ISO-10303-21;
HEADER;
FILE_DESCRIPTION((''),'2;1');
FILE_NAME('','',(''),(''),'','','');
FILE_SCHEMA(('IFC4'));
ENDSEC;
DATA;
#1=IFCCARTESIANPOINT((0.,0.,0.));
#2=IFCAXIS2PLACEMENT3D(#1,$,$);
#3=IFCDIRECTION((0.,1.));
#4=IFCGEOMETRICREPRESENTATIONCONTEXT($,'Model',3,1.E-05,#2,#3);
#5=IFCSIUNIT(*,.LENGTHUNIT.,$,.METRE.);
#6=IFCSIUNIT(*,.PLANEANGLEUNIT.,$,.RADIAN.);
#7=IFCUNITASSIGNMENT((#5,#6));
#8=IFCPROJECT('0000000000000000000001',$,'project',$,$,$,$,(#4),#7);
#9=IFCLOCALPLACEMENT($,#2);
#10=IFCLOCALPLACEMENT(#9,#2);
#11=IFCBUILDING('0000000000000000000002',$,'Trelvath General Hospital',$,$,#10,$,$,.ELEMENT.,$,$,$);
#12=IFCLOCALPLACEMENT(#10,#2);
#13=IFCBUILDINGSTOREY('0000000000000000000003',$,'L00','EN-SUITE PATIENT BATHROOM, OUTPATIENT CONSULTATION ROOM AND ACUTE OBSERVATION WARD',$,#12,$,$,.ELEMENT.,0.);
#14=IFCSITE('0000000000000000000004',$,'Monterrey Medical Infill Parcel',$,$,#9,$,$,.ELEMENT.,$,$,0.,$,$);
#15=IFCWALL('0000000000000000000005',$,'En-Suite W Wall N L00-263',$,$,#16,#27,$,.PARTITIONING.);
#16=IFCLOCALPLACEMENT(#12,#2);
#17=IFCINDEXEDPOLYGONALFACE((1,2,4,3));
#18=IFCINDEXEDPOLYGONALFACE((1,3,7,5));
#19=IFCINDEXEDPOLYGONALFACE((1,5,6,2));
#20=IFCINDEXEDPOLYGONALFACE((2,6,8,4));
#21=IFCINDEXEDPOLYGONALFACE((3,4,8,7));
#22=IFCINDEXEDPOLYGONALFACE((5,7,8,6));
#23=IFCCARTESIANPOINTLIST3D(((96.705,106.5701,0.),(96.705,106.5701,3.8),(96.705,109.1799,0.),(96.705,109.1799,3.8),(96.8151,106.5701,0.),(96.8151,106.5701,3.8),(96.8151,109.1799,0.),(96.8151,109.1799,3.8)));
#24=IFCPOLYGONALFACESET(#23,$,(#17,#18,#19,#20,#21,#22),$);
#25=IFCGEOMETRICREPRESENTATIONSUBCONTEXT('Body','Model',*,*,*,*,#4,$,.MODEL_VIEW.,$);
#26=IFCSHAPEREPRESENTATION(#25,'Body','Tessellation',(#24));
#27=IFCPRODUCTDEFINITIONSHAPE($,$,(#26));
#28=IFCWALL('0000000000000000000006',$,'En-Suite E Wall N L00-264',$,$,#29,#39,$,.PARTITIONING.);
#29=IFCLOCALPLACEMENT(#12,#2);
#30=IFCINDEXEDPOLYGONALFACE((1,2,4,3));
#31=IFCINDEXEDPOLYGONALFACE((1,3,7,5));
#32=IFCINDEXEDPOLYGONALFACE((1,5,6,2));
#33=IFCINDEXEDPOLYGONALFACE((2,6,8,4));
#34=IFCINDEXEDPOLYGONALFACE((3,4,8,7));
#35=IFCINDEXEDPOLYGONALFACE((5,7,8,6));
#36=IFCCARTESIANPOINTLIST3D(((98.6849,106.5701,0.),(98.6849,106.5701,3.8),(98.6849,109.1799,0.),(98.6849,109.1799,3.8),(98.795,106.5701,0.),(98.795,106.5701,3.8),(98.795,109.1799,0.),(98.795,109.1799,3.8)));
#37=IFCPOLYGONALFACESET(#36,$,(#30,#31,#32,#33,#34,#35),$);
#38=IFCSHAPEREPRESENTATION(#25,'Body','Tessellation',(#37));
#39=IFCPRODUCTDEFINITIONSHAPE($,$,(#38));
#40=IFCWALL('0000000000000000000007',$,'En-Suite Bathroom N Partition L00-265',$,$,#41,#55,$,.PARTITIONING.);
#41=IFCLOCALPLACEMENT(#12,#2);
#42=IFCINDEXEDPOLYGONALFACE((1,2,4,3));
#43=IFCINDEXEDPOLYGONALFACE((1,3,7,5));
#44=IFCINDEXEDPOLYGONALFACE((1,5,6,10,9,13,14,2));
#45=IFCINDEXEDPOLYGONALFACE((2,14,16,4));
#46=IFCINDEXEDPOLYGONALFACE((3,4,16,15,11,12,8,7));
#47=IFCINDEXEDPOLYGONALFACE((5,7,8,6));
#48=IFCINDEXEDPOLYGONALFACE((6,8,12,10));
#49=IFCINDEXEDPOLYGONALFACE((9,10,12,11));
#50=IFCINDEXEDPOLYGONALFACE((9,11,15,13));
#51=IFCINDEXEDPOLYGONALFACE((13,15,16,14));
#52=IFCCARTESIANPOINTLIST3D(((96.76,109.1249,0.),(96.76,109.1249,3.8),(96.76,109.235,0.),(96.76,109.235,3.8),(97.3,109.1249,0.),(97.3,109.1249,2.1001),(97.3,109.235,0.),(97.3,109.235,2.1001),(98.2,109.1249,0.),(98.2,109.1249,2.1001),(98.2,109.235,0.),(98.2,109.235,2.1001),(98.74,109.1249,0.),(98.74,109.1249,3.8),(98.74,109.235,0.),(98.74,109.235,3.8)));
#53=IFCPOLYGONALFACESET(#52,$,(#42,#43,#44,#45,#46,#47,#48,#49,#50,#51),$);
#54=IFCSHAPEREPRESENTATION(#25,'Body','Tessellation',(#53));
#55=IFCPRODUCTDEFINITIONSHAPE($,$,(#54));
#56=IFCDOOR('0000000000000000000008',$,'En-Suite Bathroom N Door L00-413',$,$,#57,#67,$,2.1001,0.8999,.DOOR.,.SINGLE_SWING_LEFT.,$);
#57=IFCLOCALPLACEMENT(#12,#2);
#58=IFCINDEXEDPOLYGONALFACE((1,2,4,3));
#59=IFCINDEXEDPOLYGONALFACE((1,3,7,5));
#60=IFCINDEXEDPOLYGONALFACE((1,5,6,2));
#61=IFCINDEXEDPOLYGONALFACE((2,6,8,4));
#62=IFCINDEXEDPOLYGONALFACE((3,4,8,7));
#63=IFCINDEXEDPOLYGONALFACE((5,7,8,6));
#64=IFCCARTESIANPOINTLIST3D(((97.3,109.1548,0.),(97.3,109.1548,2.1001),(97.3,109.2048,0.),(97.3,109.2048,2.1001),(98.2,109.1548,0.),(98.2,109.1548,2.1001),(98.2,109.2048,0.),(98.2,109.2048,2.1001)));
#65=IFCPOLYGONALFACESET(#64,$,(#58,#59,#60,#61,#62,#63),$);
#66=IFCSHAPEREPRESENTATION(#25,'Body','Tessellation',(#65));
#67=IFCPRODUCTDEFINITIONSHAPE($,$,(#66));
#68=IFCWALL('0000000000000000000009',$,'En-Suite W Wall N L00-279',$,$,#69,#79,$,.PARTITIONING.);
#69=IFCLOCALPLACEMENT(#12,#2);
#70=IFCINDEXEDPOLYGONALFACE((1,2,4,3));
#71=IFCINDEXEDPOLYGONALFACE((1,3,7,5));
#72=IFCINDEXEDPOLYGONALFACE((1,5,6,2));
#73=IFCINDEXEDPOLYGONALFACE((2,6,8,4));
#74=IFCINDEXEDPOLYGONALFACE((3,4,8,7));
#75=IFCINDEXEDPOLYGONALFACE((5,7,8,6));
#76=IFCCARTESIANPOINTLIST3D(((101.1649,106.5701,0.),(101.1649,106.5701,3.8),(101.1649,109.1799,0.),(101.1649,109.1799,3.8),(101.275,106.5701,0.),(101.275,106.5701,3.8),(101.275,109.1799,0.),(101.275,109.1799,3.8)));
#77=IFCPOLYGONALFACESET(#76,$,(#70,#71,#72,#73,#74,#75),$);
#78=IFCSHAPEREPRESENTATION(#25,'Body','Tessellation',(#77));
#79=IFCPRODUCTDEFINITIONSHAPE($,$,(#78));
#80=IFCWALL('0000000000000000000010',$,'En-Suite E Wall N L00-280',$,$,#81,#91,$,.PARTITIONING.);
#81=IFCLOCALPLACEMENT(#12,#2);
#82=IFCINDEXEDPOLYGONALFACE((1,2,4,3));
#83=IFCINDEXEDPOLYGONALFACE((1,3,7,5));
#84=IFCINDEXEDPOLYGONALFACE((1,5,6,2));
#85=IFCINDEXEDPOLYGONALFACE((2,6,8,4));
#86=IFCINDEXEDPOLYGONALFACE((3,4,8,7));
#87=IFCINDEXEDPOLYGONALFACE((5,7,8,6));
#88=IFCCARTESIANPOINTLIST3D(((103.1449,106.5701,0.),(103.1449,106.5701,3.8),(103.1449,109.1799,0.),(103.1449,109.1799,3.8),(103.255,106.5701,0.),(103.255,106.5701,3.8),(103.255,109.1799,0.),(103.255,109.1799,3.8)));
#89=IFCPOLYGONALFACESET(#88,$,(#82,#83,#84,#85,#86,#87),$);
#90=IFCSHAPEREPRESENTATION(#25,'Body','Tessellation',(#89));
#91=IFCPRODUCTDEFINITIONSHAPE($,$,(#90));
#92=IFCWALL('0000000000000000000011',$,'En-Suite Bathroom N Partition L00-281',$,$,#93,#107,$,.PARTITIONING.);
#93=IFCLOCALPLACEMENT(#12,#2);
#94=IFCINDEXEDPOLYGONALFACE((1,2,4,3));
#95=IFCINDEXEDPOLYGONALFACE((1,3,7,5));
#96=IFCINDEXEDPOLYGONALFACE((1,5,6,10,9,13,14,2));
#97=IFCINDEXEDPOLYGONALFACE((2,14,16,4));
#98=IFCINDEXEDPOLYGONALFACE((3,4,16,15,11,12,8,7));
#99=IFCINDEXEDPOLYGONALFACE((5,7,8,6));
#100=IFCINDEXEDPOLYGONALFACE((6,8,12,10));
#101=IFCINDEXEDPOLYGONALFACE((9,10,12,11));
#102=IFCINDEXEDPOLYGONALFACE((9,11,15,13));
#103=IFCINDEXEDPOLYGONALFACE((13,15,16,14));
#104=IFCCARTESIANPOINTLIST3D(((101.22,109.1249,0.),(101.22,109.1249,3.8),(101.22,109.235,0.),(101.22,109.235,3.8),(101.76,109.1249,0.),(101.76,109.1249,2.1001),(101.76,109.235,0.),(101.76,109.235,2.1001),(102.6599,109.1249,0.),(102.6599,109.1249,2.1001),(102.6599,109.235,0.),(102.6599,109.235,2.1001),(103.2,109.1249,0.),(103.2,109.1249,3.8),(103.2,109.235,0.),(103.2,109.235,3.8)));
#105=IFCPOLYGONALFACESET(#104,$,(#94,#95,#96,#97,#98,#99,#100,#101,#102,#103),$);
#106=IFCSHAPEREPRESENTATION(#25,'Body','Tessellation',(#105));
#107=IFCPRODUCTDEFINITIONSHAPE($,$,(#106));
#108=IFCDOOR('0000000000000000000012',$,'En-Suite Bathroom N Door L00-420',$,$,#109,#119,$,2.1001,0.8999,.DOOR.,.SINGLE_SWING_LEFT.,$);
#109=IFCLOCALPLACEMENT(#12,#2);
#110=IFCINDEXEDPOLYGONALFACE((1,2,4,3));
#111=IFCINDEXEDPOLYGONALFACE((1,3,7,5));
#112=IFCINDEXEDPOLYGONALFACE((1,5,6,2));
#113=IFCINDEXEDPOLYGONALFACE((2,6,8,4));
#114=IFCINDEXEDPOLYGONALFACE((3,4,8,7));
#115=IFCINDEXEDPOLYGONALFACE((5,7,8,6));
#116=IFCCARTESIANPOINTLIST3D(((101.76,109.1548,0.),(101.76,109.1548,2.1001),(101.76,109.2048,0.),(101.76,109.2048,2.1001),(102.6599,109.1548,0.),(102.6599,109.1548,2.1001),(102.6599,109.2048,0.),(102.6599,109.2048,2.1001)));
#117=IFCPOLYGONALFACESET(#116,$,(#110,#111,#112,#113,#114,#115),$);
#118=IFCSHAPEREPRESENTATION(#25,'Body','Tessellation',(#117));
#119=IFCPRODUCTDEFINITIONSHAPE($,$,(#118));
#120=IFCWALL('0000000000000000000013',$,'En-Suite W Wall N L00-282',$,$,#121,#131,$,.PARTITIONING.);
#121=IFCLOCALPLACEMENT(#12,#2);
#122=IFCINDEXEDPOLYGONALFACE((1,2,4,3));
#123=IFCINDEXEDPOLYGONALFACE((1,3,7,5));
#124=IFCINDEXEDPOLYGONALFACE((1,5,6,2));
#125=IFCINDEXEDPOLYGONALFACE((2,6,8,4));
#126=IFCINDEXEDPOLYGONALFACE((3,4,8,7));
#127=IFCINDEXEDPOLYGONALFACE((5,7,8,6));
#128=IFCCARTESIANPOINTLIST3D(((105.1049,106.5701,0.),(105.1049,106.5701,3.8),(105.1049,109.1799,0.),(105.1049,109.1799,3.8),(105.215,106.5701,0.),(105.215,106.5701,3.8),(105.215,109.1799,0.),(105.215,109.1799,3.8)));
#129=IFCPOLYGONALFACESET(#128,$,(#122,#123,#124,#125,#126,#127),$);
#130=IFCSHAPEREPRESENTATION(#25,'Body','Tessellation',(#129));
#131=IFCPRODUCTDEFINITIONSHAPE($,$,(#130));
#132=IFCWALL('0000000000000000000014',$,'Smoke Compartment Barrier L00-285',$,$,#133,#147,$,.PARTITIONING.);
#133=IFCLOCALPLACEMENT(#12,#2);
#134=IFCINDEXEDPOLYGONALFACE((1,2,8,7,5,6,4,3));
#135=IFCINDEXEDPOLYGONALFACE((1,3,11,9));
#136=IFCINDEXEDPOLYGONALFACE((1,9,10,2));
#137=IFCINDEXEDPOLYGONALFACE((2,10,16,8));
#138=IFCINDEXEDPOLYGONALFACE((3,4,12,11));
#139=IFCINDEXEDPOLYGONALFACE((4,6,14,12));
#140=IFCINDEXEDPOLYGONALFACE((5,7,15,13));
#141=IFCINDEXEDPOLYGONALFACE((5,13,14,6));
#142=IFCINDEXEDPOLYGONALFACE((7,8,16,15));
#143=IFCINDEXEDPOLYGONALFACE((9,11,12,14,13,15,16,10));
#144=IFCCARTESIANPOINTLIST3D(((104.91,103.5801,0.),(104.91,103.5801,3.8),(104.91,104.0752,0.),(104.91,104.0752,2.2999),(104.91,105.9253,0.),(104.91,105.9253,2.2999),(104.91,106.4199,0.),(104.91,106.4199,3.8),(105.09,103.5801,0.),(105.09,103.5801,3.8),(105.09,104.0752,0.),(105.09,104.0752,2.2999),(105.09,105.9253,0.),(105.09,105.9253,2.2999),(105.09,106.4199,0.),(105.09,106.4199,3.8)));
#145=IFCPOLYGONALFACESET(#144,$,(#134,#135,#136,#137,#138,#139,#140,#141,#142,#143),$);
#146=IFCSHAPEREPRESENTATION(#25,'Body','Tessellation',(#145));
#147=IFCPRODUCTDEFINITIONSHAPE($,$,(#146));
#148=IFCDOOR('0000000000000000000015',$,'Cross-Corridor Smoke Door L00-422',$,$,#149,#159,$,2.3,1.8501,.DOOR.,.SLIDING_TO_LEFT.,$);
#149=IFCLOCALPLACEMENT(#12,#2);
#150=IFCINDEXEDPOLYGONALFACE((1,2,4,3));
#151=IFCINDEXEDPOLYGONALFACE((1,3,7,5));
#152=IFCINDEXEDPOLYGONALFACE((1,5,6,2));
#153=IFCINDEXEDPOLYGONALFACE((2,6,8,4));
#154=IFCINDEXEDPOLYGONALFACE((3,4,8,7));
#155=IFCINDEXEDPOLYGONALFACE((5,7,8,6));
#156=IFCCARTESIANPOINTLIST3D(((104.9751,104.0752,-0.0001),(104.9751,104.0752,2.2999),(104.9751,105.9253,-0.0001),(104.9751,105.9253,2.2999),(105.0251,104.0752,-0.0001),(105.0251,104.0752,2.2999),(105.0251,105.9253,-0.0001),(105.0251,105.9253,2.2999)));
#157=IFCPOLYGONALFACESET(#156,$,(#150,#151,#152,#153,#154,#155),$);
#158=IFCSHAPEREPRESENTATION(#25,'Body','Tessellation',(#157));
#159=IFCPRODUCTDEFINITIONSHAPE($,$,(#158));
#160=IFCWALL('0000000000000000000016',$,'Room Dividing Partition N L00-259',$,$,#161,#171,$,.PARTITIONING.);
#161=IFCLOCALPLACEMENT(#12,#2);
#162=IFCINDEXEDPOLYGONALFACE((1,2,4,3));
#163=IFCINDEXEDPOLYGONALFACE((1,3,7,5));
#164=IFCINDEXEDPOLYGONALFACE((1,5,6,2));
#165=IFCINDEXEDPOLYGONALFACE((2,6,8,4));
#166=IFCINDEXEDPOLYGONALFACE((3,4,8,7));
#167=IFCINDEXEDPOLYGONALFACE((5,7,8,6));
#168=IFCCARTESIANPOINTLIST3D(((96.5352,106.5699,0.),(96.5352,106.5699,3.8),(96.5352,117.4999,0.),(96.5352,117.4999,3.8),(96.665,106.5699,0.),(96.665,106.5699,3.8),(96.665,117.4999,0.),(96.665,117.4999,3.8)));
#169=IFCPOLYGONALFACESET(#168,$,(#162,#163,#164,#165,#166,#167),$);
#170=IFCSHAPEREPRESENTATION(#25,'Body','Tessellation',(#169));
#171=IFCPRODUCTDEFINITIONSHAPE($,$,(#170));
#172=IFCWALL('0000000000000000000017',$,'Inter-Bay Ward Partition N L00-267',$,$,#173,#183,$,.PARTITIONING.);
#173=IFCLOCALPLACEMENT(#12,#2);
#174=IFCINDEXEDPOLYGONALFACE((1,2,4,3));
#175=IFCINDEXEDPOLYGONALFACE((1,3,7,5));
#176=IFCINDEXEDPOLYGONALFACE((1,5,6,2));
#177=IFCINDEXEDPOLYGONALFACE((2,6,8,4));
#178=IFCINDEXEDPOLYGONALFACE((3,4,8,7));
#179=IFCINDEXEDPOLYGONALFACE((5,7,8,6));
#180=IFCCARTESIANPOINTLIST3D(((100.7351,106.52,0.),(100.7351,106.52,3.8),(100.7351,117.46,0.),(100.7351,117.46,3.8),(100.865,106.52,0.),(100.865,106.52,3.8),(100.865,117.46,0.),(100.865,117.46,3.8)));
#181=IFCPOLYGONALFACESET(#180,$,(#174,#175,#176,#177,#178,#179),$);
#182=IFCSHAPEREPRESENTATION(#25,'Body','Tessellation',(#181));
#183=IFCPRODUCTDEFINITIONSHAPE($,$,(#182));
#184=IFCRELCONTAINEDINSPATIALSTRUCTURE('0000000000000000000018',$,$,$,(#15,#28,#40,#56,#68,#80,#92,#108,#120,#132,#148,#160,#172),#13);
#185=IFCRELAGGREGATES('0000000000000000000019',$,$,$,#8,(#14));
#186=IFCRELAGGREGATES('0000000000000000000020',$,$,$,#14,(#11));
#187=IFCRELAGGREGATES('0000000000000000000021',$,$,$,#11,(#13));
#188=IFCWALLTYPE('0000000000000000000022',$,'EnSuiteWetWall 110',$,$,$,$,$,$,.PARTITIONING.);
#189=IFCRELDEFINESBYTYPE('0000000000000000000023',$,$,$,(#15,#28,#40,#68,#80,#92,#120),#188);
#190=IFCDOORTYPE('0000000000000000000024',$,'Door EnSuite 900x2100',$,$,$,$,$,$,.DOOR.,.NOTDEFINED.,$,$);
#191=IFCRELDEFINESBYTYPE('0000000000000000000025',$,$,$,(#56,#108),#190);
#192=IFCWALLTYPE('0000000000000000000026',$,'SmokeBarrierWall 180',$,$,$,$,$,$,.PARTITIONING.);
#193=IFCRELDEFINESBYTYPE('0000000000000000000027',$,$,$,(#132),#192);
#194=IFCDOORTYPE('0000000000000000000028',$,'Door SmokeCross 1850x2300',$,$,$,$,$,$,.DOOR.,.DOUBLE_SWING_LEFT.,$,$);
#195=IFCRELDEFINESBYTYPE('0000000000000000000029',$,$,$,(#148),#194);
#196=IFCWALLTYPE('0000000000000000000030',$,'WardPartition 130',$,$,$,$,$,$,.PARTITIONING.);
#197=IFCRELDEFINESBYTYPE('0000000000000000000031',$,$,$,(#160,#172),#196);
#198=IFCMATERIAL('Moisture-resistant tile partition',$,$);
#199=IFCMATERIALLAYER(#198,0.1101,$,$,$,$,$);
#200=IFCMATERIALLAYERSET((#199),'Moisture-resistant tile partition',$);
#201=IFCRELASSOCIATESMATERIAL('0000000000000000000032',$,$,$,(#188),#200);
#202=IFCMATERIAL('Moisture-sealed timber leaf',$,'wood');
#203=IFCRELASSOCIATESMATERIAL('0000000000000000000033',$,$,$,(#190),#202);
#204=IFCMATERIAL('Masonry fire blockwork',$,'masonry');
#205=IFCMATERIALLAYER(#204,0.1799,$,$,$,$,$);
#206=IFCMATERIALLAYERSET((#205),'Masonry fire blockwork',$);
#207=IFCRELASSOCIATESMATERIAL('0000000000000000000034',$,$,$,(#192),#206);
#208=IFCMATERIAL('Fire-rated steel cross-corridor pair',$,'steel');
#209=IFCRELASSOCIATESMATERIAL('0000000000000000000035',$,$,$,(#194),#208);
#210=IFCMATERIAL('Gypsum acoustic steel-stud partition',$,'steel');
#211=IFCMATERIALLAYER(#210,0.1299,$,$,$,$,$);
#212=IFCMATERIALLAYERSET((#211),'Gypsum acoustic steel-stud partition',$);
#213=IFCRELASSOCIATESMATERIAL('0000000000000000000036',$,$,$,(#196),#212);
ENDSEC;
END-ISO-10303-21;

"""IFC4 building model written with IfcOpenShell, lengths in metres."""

from ifc_helpers import new_model, si_unit, direction, frame, frame_2d, origin, place, context, subcontext, project, spatial, rectangle, extrude, material, layer, layer_set, type_object, element, fill, save


model = new_model("IFC4")

# Units and contexts
model_context = context("Model", 3, precision=1e-05, world=origin(), true_north=direction((0.0, 1.0)))
body_context = subcontext(model_context, "Body", "Model", "MODEL_VIEW")
ifc_project = project(units=[si_unit("LENGTHUNIT", "METRE"), si_unit("PLANEANGLEUNIT", "RADIAN")], contexts=[model_context])

# Site, building, storey
site_placement = place(None, origin())
site = spatial("IfcSite", under=ifc_project, at=site_placement, Name="Monterrey Medical Infill Parcel", CompositionType="ELEMENT", RefElevation=0.0)
building_placement = place(site_placement, origin())
building = spatial("IfcBuilding", under=site, at=building_placement, Name="Trelvath General Hospital", CompositionType="ELEMENT")
storey_placement = place(building_placement, origin())
storey = spatial("IfcBuildingStorey", under=building, at=storey_placement, Name="L00", Description="EN-SUITE PATIENT BATHROOM, OUTPATIENT CONSULTATION ROOM AND ACUTE OBSERVATION WARD", CompositionType="ELEMENT", Elevation=0.0)

# Shared definitions
ifc_material_1 = material(Name="Moisture-resistant tile partition")
ifc_layer_1 = layer(ifc_material_1, 0.1101)
ifc_layer_set_1 = layer_set([ifc_layer_1], Name="Moisture-resistant tile partition")
wall_type_1 = type_object("IfcWallType", Name="EnSuiteWetWall 110", PredefinedType="PARTITIONING", material=ifc_layer_set_1)

# Shared definitions
ifc_material_2 = material(Name="Moisture-sealed timber leaf", Category="wood")
door_type_1 = type_object("IfcDoorType", Name="Door EnSuite 900x2100", OperationType="NOTDEFINED", PredefinedType="DOOR", material=ifc_material_2)

# Walls
for number, where, z_axis, x_axis, name in (
    (1, (96.76, 106.5701, 0.0), (0.0, 0.0, 1.0), (0.0, 1.0, 0.0), "En-Suite W Wall N L00-263"),
    (2, (98.74, 106.5701, 0.0), (0.0, 0.0, 1.0), (0.0, 1.0, 0.0), "En-Suite E Wall N L00-264"),
):
    element("IfcWall", number, at=place(storey_placement, frame(where, z_axis=z_axis, x_axis=x_axis)), inside=storey, type_object=wall_type_1, Name=name, PredefinedType="PARTITIONING", context=body_context, shape_type="SweptSolid", body=[
        extrude(rectangle(XDim=2.6099, YDim=0.1101, at=frame_2d((1.3049, 0.0))), origin(), (0.0, 0.0, 1.0), 3.8),
    ])

# Wall, opening, door
wall_1_placement = place(storey_placement, frame((96.76, 109.1799, 0.0), z_axis=(0.0, 0.0, 1.0), x_axis=(1.0, 0.0, 0.0)))
wall_1 = element("IfcWall", 3, at=wall_1_placement, inside=storey, type_object=wall_type_1, Name="En-Suite Bathroom N Partition L00-265", PredefinedType="PARTITIONING", context=body_context, shape_type="SweptSolid", body=[
    extrude(rectangle(XDim=1.98, YDim=0.1101, at=frame_2d((0.99, 0.0))), origin(), (0.0, 0.0, 1.0), 3.8),
])
opening_1_placement = place(wall_1_placement, frame((0.54, 0.0, 0.0)))
opening_1 = element("IfcOpeningElement", 4, at=opening_1_placement, cuts=wall_1, PredefinedType="OPENING", context=body_context, shape_type="SweptSolid", body=[
    extrude(rectangle(XDim=0.8999, YDim=2.1001, at=frame_2d((0.45, 1.05))), frame((0.0, 0.0649, 0.0), z_axis=(0.0, -1.0, 0.0), x_axis=(1.0, 0.0, 0.0)), (0.0, 0.0, 1.0), 0.1301),
])
door_1_placement = place(opening_1_placement, origin())
door_1 = element("IfcDoor", 5, at=door_1_placement, inside=storey, type_object=door_type_1, Name="En-Suite Bathroom N Door L00-413", OperationType="SINGLE_SWING_LEFT", OverallHeight=2.1001, OverallWidth=0.8999, PredefinedType="DOOR", context=body_context, shape_type="SweptSolid", body=[
    extrude(rectangle(XDim=0.8999, YDim=2.1001, at=frame_2d((0.45, 1.05))), frame((0.0, 0.0249, 0.0), z_axis=(0.0, -1.0, 0.0), x_axis=(1.0, 0.0, 0.0)), (0.0, 0.0, 1.0), 0.05),
])
fill(opening_1, door_1)

# Walls
for number, where, z_axis, x_axis, name in (
    (6, (101.22, 106.5701, 0.0), (0.0, 0.0, 1.0), (0.0, 1.0, 0.0), "En-Suite W Wall N L00-279"),
    (7, (103.2, 106.5701, 0.0), (0.0, 0.0, 1.0), (0.0, 1.0, 0.0), "En-Suite E Wall N L00-280"),
):
    element("IfcWall", number, at=place(storey_placement, frame(where, z_axis=z_axis, x_axis=x_axis)), inside=storey, type_object=wall_type_1, Name=name, PredefinedType="PARTITIONING", context=body_context, shape_type="SweptSolid", body=[
        extrude(rectangle(XDim=2.6099, YDim=0.1101, at=frame_2d((1.3049, 0.0))), origin(), (0.0, 0.0, 1.0), 3.8),
    ])

# Wall, opening, door
wall_2_placement = place(storey_placement, frame((101.22, 109.1799, 0.0), z_axis=(0.0, 0.0, 1.0), x_axis=(1.0, 0.0, 0.0)))
wall_2 = element("IfcWall", 8, at=wall_2_placement, inside=storey, type_object=wall_type_1, Name="En-Suite Bathroom N Partition L00-281", PredefinedType="PARTITIONING", context=body_context, shape_type="SweptSolid", body=[
    extrude(rectangle(XDim=1.98, YDim=0.1101, at=frame_2d((0.99, 0.0))), origin(), (0.0, 0.0, 1.0), 3.8),
])
opening_2_placement = place(wall_2_placement, frame((0.54, 0.0, 0.0)))
opening_2 = element("IfcOpeningElement", 9, at=opening_2_placement, cuts=wall_2, PredefinedType="OPENING", context=body_context, shape_type="SweptSolid", body=[
    extrude(rectangle(XDim=0.8999, YDim=2.1001, at=frame_2d((0.45, 1.05))), frame((0.0, 0.0649, 0.0), z_axis=(0.0, -1.0, 0.0), x_axis=(1.0, 0.0, 0.0)), (0.0, 0.0, 1.0), 0.1301),
])
door_2_placement = place(opening_2_placement, origin())
door_2 = element("IfcDoor", 10, at=door_2_placement, inside=storey, type_object=door_type_1, Name="En-Suite Bathroom N Door L00-420", OperationType="SINGLE_SWING_LEFT", OverallHeight=2.1001, OverallWidth=0.8999, PredefinedType="DOOR", context=body_context, shape_type="SweptSolid", body=[
    extrude(rectangle(XDim=0.8999, YDim=2.1001, at=frame_2d((0.45, 1.05))), frame((0.0, 0.0249, 0.0), z_axis=(0.0, -1.0, 0.0), x_axis=(1.0, 0.0, 0.0)), (0.0, 0.0, 1.0), 0.05),
])
fill(opening_2, door_2)

# Wall
wall_3_placement = place(storey_placement, frame((105.1599, 106.5701, 0.0), z_axis=(0.0, 0.0, 1.0), x_axis=(0.0, 1.0, 0.0)))
element("IfcWall", 11, at=wall_3_placement, inside=storey, type_object=wall_type_1, Name="En-Suite W Wall N L00-282", PredefinedType="PARTITIONING", context=body_context, shape_type="SweptSolid", body=[
    extrude(rectangle(XDim=2.6099, YDim=0.1101, at=frame_2d((1.3049, 0.0))), origin(), (0.0, 0.0, 1.0), 3.8),
])

# Wall, opening, door
ifc_material_3 = material(Name="Masonry fire blockwork", Category="masonry")
ifc_layer_2 = layer(ifc_material_3, 0.1799)
ifc_layer_set_2 = layer_set([ifc_layer_2], Name="Masonry fire blockwork")
wall_type_2 = type_object("IfcWallType", Name="SmokeBarrierWall 180", PredefinedType="PARTITIONING", material=ifc_layer_set_2)
wall_4_placement = place(storey_placement, frame((105.0, 103.5801, 0.0), z_axis=(0.0, 0.0, 1.0), x_axis=(0.0, 1.0, 0.0)))
wall_4 = element("IfcWall", 12, at=wall_4_placement, inside=storey, type_object=wall_type_2, Name="Smoke Compartment Barrier L00-285", PredefinedType="PARTITIONING", context=body_context, shape_type="SweptSolid", body=[
    extrude(rectangle(XDim=2.8398, YDim=0.1799, at=frame_2d((1.4199, 0.0))), origin(), (0.0, 0.0, 1.0), 3.8),
])
opening_3_placement = place(wall_4_placement, frame((0.4951, 0.0, 0.0)))
opening_3 = element("IfcOpeningElement", 13, at=opening_3_placement, cuts=wall_4, PredefinedType="OPENING", context=body_context, shape_type="SweptSolid", body=[
    extrude(rectangle(XDim=1.8501, YDim=2.3, at=frame_2d((0.925, 1.1499))), frame((0.0, 0.0999, 0.0), z_axis=(0.0, -1.0, 0.0), x_axis=(1.0, 0.0, 0.0)), (0.0, 0.0, 1.0), 0.2),
])
ifc_material_4 = material(Name="Fire-rated steel cross-corridor pair", Category="steel")
door_type_2 = type_object("IfcDoorType", Name="Door SmokeCross 1850x2300", OperationType="DOUBLE_SWING_LEFT", PredefinedType="DOOR", material=ifc_material_4)
door_3_placement = place(opening_3_placement, origin())
door_3 = element("IfcDoor", 14, at=door_3_placement, inside=storey, type_object=door_type_2, Name="Cross-Corridor Smoke Door L00-422", OperationType="SLIDING_TO_LEFT", OverallHeight=2.3, OverallWidth=1.8501, PredefinedType="DOOR", context=body_context, shape_type="SweptSolid", body=[
    extrude(rectangle(XDim=1.8501, YDim=2.3, at=frame_2d((0.925, 1.1499))), frame((0.0, 0.0249, 0.0), z_axis=(0.0, -1.0, 0.0), x_axis=(1.0, 0.0, 0.0)), (0.0, 0.0, 1.0), 0.05),
])
fill(opening_3, door_3)

# Walls
ifc_material_5 = material(Name="Gypsum acoustic steel-stud partition", Category="steel")
ifc_layer_3 = layer(ifc_material_5, 0.1299)
ifc_layer_set_3 = layer_set([ifc_layer_3], Name="Gypsum acoustic steel-stud partition")
wall_type_3 = type_object("IfcWallType", Name="WardPartition 130", PredefinedType="PARTITIONING", material=ifc_layer_set_3)
wall_5_placement = place(storey_placement, frame((96.6001, 106.5701, 0.0), z_axis=(0.0, 0.0, 1.0), x_axis=(0.0, 1.0, 0.0)))
element("IfcWall", 15, at=wall_5_placement, inside=storey, type_object=wall_type_3, Name="Room Dividing Partition N L00-259", PredefinedType="PARTITIONING", context=body_context, shape_type="SweptSolid", body=[
    extrude(rectangle(XDim=10.9299, YDim=0.1299, at=frame_2d((5.4648, 0.0))), origin(), (0.0, 0.0, 1.0), 3.8),
])
wall_6_placement = place(storey_placement, frame((100.8, 106.52, 0.0), z_axis=(0.0, 0.0, 1.0), x_axis=(0.0, 1.0, 0.0)))
element("IfcWall", 16, at=wall_6_placement, inside=storey, type_object=wall_type_3, Name="Inter-Bay Ward Partition N L00-267", PredefinedType="PARTITIONING", context=body_context, shape_type="SweptSolid", body=[
    extrude(rectangle(XDim=10.9399, YDim=0.1299, at=frame_2d((5.47, 0.0))), origin(), (0.0, 0.0, 1.0), 3.8),
])

save(model, "model.ifc")
